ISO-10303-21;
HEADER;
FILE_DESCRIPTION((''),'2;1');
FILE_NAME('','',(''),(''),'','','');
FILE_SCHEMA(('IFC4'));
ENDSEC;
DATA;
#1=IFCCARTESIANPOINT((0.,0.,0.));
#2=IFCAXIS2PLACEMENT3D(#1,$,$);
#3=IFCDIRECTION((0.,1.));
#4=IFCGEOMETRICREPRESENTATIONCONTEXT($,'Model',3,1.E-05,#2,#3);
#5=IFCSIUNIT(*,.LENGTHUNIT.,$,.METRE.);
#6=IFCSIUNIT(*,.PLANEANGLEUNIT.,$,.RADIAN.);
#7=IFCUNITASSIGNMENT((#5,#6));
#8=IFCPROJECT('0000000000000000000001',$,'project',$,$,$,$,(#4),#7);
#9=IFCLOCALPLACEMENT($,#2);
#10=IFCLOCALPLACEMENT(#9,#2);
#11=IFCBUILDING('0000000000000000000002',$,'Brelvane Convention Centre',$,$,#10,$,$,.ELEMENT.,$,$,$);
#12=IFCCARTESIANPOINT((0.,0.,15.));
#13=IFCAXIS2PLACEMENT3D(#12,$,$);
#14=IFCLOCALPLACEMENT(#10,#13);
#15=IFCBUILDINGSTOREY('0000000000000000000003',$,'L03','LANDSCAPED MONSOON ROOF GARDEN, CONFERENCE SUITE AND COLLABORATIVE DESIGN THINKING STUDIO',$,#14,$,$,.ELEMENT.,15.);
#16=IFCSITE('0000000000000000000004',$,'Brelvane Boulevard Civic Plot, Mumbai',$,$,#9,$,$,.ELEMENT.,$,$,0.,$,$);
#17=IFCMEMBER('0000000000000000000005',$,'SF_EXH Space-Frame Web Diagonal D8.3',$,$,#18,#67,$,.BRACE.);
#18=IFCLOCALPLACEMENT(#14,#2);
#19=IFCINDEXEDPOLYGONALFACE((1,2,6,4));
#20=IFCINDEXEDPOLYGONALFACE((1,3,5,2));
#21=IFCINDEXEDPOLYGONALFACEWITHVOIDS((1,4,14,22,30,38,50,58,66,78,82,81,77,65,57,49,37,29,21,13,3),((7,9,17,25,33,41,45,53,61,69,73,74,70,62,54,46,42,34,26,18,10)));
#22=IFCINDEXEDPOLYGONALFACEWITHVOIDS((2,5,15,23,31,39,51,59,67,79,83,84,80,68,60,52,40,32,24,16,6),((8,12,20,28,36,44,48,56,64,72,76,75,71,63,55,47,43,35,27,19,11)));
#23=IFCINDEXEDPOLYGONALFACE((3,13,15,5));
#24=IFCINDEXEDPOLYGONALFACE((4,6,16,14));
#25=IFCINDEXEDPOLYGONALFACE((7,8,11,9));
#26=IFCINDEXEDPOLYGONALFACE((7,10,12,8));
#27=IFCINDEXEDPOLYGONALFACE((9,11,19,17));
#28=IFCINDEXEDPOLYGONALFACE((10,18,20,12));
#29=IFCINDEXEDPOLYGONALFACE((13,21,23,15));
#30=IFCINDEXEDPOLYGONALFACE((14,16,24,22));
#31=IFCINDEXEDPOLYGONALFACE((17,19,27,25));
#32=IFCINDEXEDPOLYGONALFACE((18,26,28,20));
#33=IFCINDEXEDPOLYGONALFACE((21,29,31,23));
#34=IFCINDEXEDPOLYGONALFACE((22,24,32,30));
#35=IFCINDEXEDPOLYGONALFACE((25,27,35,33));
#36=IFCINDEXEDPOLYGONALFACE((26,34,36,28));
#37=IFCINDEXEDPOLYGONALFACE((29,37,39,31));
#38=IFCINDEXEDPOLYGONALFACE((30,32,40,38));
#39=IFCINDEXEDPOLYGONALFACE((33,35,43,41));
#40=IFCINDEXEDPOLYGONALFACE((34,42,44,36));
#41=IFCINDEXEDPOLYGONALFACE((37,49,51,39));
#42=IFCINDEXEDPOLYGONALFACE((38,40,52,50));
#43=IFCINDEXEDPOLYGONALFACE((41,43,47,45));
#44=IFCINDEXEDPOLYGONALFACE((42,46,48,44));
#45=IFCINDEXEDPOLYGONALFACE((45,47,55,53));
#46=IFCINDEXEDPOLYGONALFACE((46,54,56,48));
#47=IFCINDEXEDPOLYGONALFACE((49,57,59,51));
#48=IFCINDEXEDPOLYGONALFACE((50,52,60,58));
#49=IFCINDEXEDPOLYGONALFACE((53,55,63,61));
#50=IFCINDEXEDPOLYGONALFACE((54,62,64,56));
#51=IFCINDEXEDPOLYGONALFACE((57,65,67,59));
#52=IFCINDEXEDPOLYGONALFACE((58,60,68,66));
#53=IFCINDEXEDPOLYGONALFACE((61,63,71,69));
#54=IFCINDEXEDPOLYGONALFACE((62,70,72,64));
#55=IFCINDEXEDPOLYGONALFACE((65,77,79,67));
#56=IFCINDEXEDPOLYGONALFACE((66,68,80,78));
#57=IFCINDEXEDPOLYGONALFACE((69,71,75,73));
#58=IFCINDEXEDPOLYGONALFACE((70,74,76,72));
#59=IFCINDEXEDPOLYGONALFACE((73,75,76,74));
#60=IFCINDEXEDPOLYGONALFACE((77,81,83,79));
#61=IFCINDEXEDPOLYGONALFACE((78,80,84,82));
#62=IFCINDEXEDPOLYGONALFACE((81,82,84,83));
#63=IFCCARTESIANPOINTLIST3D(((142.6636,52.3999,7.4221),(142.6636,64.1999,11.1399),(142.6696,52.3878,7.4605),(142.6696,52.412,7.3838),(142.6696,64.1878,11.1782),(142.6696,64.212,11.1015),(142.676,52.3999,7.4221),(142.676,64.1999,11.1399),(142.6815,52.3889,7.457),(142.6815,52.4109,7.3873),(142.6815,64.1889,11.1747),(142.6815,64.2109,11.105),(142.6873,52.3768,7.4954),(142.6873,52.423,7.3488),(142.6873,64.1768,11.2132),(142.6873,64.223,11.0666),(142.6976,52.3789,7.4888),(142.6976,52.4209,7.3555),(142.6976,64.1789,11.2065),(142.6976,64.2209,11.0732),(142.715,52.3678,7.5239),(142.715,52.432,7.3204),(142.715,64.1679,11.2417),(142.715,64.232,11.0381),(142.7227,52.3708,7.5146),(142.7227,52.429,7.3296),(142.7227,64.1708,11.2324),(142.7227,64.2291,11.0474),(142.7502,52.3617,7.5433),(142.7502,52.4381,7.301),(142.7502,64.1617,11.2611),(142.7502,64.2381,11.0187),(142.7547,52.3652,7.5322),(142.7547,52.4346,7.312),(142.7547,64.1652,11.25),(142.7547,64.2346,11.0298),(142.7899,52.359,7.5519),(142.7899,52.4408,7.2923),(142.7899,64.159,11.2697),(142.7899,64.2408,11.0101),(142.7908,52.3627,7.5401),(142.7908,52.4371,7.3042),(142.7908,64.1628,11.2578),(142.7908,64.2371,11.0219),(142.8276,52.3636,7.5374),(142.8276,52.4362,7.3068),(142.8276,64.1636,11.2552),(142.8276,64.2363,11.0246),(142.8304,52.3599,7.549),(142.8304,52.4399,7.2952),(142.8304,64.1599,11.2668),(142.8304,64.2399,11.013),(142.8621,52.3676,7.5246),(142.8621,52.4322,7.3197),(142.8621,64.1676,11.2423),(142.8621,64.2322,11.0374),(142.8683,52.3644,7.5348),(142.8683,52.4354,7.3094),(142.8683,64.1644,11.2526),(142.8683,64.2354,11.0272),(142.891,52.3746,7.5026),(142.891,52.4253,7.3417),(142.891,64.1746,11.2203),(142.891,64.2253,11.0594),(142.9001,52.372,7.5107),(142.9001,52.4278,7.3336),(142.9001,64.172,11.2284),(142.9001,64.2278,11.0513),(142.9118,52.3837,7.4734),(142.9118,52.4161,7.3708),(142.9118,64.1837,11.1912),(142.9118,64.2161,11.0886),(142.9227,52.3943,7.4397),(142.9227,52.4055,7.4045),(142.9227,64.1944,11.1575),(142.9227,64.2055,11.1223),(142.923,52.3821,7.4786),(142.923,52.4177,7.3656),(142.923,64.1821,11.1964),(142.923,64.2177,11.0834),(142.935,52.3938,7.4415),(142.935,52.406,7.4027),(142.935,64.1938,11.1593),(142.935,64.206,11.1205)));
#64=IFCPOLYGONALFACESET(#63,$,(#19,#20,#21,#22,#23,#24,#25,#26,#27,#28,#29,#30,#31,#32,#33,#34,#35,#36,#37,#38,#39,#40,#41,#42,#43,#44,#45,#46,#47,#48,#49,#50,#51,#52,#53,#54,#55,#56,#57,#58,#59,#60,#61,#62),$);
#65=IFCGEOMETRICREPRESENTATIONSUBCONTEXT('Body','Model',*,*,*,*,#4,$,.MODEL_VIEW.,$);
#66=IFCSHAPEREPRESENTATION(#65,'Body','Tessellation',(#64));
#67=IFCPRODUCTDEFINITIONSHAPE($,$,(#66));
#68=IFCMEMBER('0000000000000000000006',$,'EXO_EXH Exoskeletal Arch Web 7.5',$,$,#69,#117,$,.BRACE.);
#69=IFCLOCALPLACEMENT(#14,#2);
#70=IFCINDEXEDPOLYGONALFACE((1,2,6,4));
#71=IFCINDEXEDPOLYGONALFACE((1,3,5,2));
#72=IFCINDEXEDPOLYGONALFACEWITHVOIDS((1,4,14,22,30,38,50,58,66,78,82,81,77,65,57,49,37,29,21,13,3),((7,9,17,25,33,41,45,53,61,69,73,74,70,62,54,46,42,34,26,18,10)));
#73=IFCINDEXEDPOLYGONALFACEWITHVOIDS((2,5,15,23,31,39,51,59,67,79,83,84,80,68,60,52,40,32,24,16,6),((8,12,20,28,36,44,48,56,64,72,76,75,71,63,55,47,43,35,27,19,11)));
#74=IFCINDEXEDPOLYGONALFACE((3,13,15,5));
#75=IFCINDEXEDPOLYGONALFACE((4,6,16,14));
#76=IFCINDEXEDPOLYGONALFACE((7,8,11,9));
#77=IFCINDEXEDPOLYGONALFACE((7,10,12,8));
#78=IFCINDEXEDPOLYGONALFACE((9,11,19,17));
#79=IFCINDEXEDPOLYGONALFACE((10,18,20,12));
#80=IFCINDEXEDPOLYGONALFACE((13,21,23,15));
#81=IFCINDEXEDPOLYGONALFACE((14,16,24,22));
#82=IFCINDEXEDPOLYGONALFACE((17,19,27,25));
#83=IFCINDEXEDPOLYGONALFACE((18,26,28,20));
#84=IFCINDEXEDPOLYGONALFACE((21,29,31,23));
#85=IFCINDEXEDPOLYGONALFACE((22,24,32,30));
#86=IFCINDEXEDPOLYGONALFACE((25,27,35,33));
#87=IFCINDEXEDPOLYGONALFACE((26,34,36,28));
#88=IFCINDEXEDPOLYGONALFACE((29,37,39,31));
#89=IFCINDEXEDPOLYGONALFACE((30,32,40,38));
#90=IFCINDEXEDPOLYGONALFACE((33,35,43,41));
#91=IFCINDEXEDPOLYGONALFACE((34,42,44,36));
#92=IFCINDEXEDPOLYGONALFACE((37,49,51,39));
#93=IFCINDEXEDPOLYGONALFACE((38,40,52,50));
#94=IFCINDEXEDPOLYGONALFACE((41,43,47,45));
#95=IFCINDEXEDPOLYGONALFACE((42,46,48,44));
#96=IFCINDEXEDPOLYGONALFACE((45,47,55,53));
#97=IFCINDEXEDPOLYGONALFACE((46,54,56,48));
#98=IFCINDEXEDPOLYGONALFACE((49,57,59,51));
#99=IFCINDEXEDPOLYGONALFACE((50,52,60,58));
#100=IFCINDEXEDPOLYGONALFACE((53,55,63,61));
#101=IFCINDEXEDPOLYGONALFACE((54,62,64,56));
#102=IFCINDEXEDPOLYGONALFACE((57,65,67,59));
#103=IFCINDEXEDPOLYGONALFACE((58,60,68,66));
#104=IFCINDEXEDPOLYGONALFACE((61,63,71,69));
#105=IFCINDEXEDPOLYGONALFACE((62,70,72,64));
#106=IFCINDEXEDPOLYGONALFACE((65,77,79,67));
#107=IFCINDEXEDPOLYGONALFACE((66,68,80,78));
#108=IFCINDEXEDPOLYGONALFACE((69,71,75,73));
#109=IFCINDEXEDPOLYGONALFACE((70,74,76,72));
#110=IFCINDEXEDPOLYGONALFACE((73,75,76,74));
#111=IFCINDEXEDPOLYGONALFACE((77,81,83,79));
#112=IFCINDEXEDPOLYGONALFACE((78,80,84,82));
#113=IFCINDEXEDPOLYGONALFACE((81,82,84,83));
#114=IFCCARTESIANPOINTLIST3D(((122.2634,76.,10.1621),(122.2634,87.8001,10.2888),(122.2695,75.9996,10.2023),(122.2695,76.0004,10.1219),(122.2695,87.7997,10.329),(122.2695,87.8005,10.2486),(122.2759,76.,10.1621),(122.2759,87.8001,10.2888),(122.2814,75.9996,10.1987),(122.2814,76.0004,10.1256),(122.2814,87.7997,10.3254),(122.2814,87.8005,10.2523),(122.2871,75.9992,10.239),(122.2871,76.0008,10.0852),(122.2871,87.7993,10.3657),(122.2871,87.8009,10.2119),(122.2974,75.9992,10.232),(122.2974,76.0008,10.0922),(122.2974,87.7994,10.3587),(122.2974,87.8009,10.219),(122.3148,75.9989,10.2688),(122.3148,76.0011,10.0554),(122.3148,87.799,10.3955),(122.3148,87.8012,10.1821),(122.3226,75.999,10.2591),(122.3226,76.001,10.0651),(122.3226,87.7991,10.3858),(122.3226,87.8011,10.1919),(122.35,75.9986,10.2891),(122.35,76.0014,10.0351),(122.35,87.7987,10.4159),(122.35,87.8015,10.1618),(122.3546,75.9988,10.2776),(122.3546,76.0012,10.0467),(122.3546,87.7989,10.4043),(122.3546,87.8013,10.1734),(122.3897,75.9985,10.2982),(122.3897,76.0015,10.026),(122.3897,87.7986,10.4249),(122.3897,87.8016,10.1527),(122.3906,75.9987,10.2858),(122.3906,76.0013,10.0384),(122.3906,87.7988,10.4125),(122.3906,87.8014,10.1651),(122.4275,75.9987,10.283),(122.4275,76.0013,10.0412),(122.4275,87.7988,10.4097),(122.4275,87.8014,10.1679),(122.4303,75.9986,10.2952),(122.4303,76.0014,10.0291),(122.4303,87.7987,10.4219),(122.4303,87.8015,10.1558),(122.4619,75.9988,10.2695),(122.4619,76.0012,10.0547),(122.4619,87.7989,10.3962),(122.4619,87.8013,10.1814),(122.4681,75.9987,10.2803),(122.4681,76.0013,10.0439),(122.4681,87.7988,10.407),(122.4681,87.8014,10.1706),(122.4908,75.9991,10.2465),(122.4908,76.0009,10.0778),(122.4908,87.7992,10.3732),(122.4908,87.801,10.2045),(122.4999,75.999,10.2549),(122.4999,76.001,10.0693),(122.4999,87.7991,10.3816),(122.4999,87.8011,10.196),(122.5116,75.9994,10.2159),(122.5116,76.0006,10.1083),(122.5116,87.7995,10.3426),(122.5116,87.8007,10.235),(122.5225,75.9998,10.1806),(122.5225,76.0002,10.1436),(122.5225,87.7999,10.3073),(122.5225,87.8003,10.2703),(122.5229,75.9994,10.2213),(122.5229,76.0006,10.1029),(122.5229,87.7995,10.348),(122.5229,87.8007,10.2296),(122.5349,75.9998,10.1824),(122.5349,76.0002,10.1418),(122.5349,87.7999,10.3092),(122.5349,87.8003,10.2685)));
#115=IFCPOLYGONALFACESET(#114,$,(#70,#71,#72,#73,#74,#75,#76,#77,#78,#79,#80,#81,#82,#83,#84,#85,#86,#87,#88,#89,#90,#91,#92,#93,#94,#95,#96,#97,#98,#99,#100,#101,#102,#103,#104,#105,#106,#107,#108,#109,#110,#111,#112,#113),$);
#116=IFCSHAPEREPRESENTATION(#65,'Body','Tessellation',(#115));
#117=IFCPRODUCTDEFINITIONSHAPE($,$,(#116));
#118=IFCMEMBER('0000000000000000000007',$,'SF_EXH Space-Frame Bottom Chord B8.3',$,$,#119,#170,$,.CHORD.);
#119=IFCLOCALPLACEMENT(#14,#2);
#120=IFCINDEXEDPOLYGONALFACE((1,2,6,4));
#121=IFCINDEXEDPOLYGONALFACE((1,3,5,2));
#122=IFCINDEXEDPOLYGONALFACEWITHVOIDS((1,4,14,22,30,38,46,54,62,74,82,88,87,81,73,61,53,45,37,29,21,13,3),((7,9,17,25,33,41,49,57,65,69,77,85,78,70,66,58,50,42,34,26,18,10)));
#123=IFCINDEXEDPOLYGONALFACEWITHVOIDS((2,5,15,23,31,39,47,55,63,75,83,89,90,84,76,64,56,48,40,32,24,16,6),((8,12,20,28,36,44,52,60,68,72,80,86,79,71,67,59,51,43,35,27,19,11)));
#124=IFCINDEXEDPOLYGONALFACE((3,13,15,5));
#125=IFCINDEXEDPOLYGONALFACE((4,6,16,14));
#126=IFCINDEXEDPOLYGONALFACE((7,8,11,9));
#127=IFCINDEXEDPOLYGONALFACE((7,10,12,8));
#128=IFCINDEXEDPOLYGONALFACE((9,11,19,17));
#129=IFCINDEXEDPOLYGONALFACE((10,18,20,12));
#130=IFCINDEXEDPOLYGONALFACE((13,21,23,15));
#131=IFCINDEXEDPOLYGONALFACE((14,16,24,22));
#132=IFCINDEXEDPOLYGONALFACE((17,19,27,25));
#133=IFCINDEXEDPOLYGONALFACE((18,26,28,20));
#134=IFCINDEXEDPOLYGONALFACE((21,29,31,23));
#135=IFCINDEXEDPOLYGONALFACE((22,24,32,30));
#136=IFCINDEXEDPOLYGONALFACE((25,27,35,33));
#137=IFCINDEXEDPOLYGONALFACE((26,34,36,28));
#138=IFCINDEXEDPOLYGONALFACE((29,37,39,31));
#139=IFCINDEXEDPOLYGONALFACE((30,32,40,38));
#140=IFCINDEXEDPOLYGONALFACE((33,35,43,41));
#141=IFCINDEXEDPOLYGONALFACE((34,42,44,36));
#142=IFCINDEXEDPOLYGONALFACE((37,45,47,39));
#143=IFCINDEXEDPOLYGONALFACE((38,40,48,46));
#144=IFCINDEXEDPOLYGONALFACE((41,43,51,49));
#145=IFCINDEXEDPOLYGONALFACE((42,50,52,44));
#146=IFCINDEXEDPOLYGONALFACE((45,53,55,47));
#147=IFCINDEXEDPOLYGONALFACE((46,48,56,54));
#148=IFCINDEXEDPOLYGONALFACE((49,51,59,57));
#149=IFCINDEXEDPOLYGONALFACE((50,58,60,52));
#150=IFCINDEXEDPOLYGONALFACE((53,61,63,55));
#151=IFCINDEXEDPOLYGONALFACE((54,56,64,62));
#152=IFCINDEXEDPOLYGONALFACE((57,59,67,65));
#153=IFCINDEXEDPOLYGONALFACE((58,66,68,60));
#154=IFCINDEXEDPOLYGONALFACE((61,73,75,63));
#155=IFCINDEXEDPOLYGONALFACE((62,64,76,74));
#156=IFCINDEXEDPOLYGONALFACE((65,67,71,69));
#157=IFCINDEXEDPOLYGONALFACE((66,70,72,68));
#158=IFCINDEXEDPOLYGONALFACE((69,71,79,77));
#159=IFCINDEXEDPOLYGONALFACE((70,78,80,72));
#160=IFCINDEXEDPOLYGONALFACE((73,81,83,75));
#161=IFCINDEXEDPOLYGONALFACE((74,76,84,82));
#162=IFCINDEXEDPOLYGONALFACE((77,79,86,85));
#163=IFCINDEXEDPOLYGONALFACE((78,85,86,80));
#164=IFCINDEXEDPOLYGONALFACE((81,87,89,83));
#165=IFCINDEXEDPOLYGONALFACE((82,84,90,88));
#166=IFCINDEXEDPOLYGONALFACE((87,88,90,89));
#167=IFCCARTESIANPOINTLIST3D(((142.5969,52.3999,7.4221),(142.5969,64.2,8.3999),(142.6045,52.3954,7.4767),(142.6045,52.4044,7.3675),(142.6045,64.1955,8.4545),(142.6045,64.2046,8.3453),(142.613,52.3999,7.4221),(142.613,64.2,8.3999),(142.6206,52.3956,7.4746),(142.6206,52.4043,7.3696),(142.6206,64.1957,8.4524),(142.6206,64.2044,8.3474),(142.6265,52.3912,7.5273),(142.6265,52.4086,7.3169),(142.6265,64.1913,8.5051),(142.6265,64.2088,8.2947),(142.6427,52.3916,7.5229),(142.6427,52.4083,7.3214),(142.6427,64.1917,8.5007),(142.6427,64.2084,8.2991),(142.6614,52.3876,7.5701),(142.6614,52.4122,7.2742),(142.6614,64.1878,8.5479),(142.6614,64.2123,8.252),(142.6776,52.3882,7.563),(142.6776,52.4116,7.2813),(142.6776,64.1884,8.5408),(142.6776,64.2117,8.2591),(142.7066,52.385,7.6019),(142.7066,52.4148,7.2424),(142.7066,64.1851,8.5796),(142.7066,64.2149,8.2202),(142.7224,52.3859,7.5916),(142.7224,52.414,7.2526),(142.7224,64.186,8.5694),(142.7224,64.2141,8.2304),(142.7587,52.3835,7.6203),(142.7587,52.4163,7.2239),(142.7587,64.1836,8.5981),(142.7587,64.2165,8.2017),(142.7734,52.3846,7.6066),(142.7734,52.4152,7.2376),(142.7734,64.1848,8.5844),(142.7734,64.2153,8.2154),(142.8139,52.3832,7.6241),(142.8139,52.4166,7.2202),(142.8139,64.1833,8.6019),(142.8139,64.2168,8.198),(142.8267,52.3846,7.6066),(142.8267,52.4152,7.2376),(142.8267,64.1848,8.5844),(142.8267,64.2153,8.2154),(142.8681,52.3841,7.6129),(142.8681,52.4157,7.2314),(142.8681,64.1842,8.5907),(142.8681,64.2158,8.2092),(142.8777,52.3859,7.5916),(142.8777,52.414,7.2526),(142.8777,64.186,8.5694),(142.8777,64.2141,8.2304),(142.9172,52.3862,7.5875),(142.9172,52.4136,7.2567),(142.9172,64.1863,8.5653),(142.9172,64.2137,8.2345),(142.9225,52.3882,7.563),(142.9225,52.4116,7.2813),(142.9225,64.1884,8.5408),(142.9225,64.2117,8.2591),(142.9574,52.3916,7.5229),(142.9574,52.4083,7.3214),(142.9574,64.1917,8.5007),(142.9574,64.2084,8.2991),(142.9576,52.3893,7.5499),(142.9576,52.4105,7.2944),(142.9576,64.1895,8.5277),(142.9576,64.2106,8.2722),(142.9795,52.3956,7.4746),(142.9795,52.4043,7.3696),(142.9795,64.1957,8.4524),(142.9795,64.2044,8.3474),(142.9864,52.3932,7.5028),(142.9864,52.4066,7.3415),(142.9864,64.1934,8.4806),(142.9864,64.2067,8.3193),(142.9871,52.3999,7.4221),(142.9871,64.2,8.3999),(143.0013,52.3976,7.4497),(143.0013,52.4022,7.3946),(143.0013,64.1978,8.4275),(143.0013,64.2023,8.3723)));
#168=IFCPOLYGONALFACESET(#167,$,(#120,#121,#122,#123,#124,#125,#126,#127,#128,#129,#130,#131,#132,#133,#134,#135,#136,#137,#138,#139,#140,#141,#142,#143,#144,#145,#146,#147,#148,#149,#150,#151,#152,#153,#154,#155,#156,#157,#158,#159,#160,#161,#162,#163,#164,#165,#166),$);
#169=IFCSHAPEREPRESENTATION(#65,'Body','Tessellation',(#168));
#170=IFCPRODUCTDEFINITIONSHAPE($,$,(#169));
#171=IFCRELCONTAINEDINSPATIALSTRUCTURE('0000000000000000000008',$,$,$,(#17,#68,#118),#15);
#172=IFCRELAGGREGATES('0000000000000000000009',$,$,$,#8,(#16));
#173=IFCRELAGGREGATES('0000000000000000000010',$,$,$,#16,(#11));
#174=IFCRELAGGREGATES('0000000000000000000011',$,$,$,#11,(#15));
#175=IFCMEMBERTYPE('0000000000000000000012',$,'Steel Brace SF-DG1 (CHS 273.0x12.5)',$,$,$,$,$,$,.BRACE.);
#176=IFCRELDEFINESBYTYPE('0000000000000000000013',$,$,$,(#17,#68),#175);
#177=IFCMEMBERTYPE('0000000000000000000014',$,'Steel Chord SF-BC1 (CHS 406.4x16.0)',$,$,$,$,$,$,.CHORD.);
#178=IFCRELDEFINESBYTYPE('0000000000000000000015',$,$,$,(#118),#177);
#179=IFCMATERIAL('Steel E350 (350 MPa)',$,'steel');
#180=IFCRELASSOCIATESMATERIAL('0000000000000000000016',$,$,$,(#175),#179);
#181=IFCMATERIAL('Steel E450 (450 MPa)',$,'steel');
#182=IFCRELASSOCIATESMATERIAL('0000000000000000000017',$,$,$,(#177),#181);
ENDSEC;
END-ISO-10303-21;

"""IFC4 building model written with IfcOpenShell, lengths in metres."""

from ifc_helpers import new_model, si_unit, direction, frame, origin, origin_2d, place, context, subcontext, project, spatial, hollow_circle, extrude, material, material_profile, profile_set, type_object, element, save


model = new_model("IFC4")

# Units and contexts
model_context = context("Model", 3, precision=1e-05, world=origin(), true_north=direction((0.0, 1.0)))
body_context = subcontext(model_context, "Body", "Model", "MODEL_VIEW")
ifc_project = project(units=[si_unit("LENGTHUNIT", "METRE"), si_unit("PLANEANGLEUNIT", "RADIAN")], contexts=[model_context])

# Site, building, storey
site_placement = place(None, origin())
site = spatial("IfcSite", under=ifc_project, at=site_placement, Name="Brelvane Boulevard Civic Plot, Mumbai", CompositionType="ELEMENT", RefElevation=0.0)
building_placement = place(site_placement, origin())
building = spatial("IfcBuilding", under=site, at=building_placement, Name="Brelvane Convention Centre", CompositionType="ELEMENT")
storey_placement = place(building_placement, frame((0.0, 0.0, 15.0)))
storey = spatial("IfcBuildingStorey", under=building, at=storey_placement, Name="L03", Description="LANDSCAPED MONSOON ROOF GARDEN, CONFERENCE SUITE AND COLLABORATIVE DESIGN THINKING STUDIO", CompositionType="ELEMENT", Elevation=15.0)

# Members
ifc_material_1 = material(Name="Steel E350 (350 MPa)", Category="steel")
ifc_material_profile_1 = material_profile(ifc_material_1, hollow_circle(Radius=0.1365, WallThickness=0.0125, at=origin_2d()), Name="CHS 273.0x12.5")
ifc_profile_set_1 = profile_set([ifc_material_profile_1], Name="Steel E350 (350 MPa)")
member_type_1 = type_object("IfcMemberType", Name="Steel Brace SF-DG1 (CHS 273.0x12.5)", PredefinedType="BRACE", material=ifc_profile_set_1)
member_1_placement = place(storey_placement, frame((142.8, 52.3999, 7.4221), z_axis=(0.0, 0.953781, 0.300502), x_axis=(-1.0, 0.0, 0.0)))
element("IfcMember", 1, at=member_1_placement, inside=storey, type_object=member_type_1, Name="SF_EXH Space-Frame Web Diagonal D8.3", PredefinedType="BRACE", context=body_context, shape_type="SweptSolid", body=[
    extrude(hollow_circle(Radius=0.1365, WallThickness=0.0125, at=origin_2d()), origin(), (0.0, 0.0, 1.0), 12.3718),
])
member_2_placement = place(storey_placement, frame((122.3999, 76.0, 10.1621), z_axis=(0.0, 0.999942, 0.010737), x_axis=(-1.0, 0.0, 0.0)))
element("IfcMember", 2, at=member_2_placement, inside=storey, type_object=member_type_1, Name="EXO_EXH Exoskeletal Arch Web 7.5", PredefinedType="BRACE", context=body_context, shape_type="SweptSolid", body=[
    extrude(hollow_circle(Radius=0.1365, WallThickness=0.0125, at=origin_2d()), origin(), (0.0, 0.0, 1.0), 11.8008),
])
ifc_material_2 = material(Name="Steel E450 (450 MPa)", Category="steel")
ifc_material_profile_2 = material_profile(ifc_material_2, hollow_circle(Radius=0.2031, WallThickness=0.0161, at=origin_2d()), Name="CHS 406.4x16.0")
ifc_profile_set_2 = profile_set([ifc_material_profile_2], Name="Steel E450 (450 MPa)")
member_type_2 = type_object("IfcMemberType", Name="Steel Chord SF-BC1 (CHS 406.4x16.0)", PredefinedType="CHORD", material=ifc_profile_set_2)
member_3_placement = place(storey_placement, frame((142.8, 52.3999, 7.4221), z_axis=(0.0, 0.996584, 0.08258), x_axis=(-1.0, 0.0, 0.0)))
element("IfcMember", 3, at=member_3_placement, inside=storey, type_object=member_type_2, Name="SF_EXH Space-Frame Bottom Chord B8.3", PredefinedType="CHORD", context=body_context, shape_type="SweptSolid", body=[
    extrude(hollow_circle(Radius=0.2031, WallThickness=0.0161, at=origin_2d()), origin(), (0.0, 0.0, 1.0), 11.8406),
])

save(model, "model.ifc")
